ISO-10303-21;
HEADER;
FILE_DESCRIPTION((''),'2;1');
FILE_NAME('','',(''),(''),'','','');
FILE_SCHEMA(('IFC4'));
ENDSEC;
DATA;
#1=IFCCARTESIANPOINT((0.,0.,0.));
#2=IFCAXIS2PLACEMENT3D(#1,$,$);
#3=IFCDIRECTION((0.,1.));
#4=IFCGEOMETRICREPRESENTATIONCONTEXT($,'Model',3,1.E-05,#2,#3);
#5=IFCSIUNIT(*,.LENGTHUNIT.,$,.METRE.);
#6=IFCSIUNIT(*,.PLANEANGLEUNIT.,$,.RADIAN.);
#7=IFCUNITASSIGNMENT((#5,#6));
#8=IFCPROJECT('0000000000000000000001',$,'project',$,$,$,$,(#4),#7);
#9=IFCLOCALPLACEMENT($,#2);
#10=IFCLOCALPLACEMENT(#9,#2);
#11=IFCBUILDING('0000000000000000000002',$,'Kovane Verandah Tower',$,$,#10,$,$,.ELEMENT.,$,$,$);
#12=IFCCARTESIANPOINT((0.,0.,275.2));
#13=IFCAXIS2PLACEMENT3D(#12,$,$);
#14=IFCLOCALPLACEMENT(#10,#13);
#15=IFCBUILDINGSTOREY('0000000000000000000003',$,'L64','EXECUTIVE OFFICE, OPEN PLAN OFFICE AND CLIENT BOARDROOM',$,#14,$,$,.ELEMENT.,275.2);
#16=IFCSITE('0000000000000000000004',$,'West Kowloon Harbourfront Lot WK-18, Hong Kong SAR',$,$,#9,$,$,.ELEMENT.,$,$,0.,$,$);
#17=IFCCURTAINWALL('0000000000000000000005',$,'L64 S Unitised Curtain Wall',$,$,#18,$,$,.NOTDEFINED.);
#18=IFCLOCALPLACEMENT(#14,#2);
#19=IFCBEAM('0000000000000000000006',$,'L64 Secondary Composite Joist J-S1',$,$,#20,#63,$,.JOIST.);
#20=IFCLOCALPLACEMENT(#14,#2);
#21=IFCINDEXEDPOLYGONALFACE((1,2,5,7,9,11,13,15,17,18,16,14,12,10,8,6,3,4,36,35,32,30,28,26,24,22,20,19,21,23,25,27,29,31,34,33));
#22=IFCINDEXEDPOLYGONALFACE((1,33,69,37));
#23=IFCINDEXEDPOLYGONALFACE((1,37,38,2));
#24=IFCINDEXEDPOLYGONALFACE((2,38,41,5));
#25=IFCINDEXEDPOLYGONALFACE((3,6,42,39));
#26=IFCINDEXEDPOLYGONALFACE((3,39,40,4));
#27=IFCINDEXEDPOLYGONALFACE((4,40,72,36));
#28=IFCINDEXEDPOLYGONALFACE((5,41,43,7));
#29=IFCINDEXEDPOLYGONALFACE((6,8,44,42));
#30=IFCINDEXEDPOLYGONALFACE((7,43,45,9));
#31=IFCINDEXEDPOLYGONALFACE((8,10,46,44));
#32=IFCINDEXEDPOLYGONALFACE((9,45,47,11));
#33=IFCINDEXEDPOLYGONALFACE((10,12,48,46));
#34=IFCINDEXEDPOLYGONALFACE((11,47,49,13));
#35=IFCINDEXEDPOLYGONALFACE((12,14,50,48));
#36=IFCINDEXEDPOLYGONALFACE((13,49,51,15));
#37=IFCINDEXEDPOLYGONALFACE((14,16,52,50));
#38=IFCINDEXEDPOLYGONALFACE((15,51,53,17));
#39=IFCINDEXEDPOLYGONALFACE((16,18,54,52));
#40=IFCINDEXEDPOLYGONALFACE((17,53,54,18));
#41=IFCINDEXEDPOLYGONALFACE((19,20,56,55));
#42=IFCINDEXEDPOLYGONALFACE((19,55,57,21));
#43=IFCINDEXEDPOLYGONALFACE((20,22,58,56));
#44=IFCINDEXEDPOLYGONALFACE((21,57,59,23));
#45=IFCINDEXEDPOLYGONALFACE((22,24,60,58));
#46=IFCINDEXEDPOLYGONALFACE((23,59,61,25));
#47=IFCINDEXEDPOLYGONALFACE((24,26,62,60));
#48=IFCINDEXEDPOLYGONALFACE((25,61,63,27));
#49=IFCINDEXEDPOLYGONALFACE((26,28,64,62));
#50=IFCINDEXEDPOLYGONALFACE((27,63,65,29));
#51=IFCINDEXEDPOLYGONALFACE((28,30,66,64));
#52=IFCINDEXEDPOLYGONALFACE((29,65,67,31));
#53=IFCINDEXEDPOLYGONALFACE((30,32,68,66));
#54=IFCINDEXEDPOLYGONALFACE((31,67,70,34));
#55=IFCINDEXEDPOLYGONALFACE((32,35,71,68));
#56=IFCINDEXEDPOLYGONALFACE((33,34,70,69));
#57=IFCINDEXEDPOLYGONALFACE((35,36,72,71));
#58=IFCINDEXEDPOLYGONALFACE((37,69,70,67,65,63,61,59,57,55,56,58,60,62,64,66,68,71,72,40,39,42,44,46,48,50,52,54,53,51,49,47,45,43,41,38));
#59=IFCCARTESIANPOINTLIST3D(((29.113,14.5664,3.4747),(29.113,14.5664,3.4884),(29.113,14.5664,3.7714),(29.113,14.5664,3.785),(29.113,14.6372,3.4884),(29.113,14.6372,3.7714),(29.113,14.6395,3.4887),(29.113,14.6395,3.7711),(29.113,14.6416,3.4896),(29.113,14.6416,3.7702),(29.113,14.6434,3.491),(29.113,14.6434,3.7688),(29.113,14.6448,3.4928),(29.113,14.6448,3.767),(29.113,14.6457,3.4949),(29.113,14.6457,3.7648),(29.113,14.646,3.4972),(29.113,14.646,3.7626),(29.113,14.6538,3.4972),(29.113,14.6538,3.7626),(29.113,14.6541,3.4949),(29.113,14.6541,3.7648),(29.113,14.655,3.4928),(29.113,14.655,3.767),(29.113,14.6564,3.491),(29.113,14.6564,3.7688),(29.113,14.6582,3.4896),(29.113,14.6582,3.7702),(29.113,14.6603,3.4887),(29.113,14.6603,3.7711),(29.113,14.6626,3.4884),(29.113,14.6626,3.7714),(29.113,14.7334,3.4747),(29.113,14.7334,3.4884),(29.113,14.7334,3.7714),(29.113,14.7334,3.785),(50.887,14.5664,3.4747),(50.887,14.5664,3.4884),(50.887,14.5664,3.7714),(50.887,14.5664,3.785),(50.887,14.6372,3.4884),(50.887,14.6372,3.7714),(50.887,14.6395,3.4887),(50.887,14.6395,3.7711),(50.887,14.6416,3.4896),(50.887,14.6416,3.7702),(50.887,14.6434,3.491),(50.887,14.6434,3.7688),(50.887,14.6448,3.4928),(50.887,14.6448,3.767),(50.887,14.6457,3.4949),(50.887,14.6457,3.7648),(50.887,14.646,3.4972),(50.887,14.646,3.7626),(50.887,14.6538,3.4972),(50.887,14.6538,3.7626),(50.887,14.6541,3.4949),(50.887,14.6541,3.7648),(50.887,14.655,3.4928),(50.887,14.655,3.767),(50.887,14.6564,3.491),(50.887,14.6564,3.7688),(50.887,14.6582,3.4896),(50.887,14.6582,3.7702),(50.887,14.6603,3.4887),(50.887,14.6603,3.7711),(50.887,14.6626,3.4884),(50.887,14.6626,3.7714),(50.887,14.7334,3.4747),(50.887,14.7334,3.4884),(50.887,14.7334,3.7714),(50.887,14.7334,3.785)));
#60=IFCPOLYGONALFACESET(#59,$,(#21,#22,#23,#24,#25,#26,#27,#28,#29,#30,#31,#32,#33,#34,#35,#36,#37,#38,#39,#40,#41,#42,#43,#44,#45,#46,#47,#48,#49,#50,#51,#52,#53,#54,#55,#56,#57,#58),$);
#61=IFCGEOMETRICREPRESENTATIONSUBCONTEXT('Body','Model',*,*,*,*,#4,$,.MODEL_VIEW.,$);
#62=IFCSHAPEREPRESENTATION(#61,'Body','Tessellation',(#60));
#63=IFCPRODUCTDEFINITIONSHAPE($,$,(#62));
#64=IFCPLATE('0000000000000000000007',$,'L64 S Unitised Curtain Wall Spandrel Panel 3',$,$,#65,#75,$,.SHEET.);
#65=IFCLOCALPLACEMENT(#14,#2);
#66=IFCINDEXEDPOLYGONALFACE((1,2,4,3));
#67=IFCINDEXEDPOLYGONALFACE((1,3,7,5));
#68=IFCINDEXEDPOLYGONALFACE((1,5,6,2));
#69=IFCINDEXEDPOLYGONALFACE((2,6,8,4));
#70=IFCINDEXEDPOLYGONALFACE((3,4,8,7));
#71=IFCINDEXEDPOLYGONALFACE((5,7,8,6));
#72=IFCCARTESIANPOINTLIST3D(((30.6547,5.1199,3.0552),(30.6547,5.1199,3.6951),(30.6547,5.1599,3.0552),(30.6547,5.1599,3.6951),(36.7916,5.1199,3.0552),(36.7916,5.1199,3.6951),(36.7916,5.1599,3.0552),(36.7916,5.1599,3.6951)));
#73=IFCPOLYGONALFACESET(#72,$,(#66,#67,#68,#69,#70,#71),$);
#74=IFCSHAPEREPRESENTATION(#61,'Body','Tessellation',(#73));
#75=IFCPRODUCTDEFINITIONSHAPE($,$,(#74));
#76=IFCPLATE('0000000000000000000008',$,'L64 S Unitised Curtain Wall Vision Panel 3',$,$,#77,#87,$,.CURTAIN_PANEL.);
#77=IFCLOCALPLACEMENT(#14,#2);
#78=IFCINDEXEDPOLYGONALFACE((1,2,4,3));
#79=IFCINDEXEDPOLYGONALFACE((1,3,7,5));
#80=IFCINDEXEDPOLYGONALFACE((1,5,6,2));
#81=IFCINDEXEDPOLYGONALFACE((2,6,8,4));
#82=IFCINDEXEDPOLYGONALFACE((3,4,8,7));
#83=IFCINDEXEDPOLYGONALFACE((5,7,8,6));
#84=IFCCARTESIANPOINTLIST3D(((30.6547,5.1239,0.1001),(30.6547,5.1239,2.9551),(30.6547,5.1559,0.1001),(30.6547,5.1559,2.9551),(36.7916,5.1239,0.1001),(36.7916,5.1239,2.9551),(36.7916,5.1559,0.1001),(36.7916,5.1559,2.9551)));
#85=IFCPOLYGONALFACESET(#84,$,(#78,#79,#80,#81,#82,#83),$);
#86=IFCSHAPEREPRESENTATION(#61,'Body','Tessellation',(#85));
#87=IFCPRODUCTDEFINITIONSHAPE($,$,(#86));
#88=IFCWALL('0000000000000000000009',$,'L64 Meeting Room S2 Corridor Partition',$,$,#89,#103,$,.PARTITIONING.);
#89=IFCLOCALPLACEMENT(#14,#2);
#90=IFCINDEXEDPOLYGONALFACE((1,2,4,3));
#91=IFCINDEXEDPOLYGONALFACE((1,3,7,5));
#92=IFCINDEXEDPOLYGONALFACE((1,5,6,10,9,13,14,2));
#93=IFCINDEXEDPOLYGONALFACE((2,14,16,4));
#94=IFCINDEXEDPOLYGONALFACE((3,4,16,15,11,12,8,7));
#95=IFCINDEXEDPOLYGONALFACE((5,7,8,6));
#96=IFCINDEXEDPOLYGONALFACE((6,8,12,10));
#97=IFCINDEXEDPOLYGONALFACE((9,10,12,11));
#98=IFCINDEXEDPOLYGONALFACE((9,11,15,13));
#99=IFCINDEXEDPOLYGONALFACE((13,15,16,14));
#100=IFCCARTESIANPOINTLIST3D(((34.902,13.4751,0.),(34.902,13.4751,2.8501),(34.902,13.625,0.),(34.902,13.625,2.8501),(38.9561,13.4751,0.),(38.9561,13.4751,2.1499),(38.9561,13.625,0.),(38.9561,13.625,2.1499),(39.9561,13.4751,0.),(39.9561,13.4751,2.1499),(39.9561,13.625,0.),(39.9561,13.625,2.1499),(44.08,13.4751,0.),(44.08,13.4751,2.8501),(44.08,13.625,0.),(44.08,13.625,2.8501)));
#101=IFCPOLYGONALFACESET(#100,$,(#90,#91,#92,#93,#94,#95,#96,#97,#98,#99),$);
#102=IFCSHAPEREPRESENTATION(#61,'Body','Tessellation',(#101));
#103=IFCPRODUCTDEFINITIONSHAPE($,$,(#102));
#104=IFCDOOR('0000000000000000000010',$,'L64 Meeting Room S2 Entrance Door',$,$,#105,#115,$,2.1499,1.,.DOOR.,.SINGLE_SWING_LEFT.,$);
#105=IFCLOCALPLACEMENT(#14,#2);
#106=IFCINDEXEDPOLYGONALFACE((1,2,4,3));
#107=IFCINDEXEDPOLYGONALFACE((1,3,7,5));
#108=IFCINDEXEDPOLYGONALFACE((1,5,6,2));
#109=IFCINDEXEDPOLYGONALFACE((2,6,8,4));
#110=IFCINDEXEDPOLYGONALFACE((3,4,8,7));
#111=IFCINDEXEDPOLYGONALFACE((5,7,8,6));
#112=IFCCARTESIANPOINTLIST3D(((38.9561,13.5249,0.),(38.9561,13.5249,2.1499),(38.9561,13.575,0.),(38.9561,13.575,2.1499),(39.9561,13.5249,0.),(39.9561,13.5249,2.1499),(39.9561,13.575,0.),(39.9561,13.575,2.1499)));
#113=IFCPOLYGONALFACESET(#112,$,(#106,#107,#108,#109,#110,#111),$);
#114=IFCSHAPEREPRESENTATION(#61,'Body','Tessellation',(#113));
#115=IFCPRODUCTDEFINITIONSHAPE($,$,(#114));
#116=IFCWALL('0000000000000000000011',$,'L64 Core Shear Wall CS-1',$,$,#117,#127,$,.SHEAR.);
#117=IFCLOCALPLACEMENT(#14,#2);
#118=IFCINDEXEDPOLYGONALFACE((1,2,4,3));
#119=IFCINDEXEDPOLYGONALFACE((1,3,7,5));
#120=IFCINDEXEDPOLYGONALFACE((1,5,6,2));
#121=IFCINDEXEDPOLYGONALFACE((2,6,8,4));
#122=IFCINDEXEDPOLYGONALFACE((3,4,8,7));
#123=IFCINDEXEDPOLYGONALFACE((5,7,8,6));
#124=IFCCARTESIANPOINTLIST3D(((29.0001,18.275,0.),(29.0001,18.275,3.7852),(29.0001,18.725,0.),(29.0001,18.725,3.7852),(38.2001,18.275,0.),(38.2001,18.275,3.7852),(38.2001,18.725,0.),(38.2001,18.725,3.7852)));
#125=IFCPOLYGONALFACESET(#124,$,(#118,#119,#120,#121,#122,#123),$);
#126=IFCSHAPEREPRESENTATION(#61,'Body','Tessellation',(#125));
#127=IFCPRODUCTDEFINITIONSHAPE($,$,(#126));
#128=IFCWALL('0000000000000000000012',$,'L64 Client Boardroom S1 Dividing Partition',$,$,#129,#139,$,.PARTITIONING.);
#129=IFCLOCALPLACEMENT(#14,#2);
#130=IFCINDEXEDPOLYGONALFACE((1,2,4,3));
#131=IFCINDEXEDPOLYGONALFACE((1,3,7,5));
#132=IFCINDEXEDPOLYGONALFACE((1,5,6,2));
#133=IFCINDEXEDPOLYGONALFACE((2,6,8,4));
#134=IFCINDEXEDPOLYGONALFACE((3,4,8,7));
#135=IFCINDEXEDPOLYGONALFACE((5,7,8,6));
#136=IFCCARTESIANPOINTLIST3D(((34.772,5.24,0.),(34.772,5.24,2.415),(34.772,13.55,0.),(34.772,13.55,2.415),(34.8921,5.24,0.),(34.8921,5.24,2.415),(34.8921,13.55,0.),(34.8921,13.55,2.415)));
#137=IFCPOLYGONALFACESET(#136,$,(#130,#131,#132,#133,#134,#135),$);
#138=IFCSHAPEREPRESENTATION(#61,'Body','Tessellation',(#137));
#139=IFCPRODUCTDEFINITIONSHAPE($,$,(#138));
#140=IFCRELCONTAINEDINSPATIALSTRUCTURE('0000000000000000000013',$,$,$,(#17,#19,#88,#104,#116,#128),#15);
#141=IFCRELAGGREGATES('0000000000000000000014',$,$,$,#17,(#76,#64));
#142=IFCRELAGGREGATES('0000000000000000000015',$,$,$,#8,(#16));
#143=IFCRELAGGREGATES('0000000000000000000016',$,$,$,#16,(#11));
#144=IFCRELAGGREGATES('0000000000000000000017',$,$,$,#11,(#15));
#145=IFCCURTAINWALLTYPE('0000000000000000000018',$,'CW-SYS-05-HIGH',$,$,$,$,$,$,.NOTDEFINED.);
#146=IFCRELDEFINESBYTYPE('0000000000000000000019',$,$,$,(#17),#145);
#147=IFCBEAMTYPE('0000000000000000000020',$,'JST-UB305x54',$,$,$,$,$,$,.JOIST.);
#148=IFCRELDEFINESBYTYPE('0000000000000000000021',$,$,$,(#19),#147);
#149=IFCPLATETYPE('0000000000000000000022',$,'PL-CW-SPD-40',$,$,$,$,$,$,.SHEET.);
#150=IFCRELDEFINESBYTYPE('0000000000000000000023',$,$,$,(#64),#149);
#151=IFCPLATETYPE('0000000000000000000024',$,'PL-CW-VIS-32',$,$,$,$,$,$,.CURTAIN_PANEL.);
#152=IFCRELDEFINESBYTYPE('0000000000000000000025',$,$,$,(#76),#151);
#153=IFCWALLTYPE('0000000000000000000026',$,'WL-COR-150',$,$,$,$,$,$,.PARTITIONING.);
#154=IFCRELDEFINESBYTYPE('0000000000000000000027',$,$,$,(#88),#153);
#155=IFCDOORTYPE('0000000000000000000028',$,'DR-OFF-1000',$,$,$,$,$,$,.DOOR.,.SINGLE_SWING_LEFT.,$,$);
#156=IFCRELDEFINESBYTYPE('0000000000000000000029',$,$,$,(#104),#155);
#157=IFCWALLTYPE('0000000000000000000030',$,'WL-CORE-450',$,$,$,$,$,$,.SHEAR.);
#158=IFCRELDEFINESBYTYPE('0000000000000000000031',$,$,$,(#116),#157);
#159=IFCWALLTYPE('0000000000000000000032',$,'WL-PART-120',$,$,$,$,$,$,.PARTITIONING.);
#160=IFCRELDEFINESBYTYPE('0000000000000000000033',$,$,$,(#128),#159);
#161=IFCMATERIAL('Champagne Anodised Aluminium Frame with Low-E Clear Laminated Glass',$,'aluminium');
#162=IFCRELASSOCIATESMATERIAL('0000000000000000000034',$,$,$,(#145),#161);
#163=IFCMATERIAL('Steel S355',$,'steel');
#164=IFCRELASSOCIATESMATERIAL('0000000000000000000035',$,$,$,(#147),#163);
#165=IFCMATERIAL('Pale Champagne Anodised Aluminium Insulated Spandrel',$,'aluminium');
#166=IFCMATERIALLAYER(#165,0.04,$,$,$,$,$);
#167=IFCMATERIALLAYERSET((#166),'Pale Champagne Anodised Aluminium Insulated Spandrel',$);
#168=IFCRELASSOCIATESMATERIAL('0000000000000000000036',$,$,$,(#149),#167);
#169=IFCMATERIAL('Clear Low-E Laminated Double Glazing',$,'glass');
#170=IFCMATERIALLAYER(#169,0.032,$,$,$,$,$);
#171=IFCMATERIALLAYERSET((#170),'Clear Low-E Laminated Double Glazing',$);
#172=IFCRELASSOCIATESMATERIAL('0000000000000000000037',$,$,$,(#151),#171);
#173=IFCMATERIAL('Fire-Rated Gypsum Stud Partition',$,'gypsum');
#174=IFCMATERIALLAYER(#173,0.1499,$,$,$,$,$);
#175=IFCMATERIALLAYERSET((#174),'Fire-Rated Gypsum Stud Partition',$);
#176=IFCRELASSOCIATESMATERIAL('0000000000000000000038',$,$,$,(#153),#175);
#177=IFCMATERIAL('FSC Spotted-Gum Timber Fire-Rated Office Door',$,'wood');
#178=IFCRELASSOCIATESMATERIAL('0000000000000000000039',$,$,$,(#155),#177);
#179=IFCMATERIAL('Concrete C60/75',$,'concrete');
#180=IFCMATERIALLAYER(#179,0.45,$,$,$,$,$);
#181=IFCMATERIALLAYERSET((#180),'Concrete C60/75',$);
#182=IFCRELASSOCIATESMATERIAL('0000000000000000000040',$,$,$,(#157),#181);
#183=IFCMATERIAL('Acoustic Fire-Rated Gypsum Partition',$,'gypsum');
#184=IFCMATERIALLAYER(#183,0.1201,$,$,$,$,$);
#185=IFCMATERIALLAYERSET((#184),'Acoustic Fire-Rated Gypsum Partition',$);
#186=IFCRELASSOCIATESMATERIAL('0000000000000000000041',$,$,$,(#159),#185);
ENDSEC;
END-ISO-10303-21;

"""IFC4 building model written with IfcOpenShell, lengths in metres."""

from ifc_helpers import new_model, si_unit, direction, frame, frame_2d, origin, origin_2d, place, context, subcontext, project, spatial, rectangle, i_section, extrude, material, layer, layer_set, material_profile, profile_set, type_object, element, fill, aggregate, save


model = new_model("IFC4")

# Units and contexts
model_context = context("Model", 3, precision=1e-05, world=origin(), true_north=direction((0.0, 1.0)))
body_context = subcontext(model_context, "Body", "Model", "MODEL_VIEW")
ifc_project = project(units=[si_unit("LENGTHUNIT", "METRE"), si_unit("PLANEANGLEUNIT", "RADIAN")], contexts=[model_context])

# Site, building, storey
site_placement = place(None, origin())
site = spatial("IfcSite", under=ifc_project, at=site_placement, Name="West Kowloon Harbourfront Lot WK-18, Hong Kong SAR", CompositionType="ELEMENT", RefElevation=0.0)
building_placement = place(site_placement, origin())
building = spatial("IfcBuilding", under=site, at=building_placement, Name="Kovane Verandah Tower", CompositionType="ELEMENT")
storey_placement = place(building_placement, frame((0.0, 0.0, 275.2)))
storey = spatial("IfcBuildingStorey", under=building, at=storey_placement, Name="L64", Description="EXECUTIVE OFFICE, OPEN PLAN OFFICE AND CLIENT BOARDROOM", CompositionType="ELEMENT", Elevation=275.2)

# Shared definitions
ifc_material_1 = material(Name="Concrete C60/75", Category="concrete")

# Shared definitions
ifc_material_2 = material(Name="Steel S355", Category="steel")

# Curtain wall
ifc_material_3 = material(Name="Champagne Anodised Aluminium Frame with Low-E Clear Laminated Glass", Category="aluminium")
curtain_wall_type = type_object("IfcCurtainWallType", Name="CW-SYS-05-HIGH", PredefinedType="NOTDEFINED", material=ifc_material_3)
curtain_wall_placement = place(storey_placement, origin())
curtain_wall = element("IfcCurtainWall", 1, at=curtain_wall_placement, inside=storey, type_object=curtain_wall_type, Name="L64 S Unitised Curtain Wall", PredefinedType="NOTDEFINED")

# Beam
ifc_material_profile_1 = material_profile(ifc_material_2, i_section(OverallWidth=0.167, OverallDepth=0.3103, WebThickness=0.0078, FlangeThickness=0.0137, FilletRadius=0.0088, at=origin_2d()), Name="UB305x165x54")
ifc_profile_set_1 = profile_set([ifc_material_profile_1], Name="Steel S355")
beam_type_1 = type_object("IfcBeamType", Name="JST-UB305x54", PredefinedType="JOIST", material=ifc_profile_set_1)
beam_1_placement = place(storey_placement, frame((29.113, 14.6499, 3.6299), z_axis=(1.0, 0.0, 0.0), x_axis=(0.0, 1.0, 0.0)))
element("IfcBeam", 2, at=beam_1_placement, inside=storey, type_object=beam_type_1, Name="L64 Secondary Composite Joist J-S1", PredefinedType="JOIST", context=body_context, shape_type="SweptSolid", body=[
    extrude(i_section(OverallWidth=0.167, OverallDepth=0.3103, WebThickness=0.0078, FlangeThickness=0.0137, FilletRadius=0.0088, at=origin_2d()), origin(), (0.0, 0.0, 1.0), 21.7739),
])

# Plates
ifc_material_4 = material(Name="Pale Champagne Anodised Aluminium Insulated Spandrel", Category="aluminium")
ifc_layer_1 = layer(ifc_material_4, 0.04)
ifc_layer_set_1 = layer_set([ifc_layer_1], Name="Pale Champagne Anodised Aluminium Insulated Spandrel")
plate_type_1 = type_object("IfcPlateType", Name="PL-CW-SPD-40", PredefinedType="SHEET", material=ifc_layer_set_1)
plate_1_placement = place(storey_placement, frame((33.7231, 5.1399, 3.0552), z_axis=(0.0, 0.0, 1.0), x_axis=(1.0, 0.0, 0.0)))
plate_1 = element("IfcPlate", 3, at=plate_1_placement, type_object=plate_type_1, Name="L64 S Unitised Curtain Wall Spandrel Panel 3", PredefinedType="SHEET", context=body_context, shape_type="SweptSolid", body=[
    extrude(rectangle(XDim=6.137, YDim=0.04, at=origin_2d()), origin(), (0.0, 0.0, 1.0), 0.6399),
])
ifc_material_5 = material(Name="Clear Low-E Laminated Double Glazing", Category="glass")
ifc_layer_2 = layer(ifc_material_5, 0.032)
ifc_layer_set_2 = layer_set([ifc_layer_2], Name="Clear Low-E Laminated Double Glazing")
plate_type_2 = type_object("IfcPlateType", Name="PL-CW-VIS-32", PredefinedType="CURTAIN_PANEL", material=ifc_layer_set_2)
plate_2_placement = place(storey_placement, frame((33.7231, 5.1399, 0.1001), z_axis=(0.0, 0.0, 1.0), x_axis=(1.0, 0.0, 0.0)))
plate_2 = element("IfcPlate", 4, at=plate_2_placement, type_object=plate_type_2, Name="L64 S Unitised Curtain Wall Vision Panel 3", PredefinedType="CURTAIN_PANEL", context=body_context, shape_type="SweptSolid", body=[
    extrude(rectangle(XDim=6.137, YDim=0.032, at=origin_2d()), origin(), (0.0, 0.0, 1.0), 2.855),
])
aggregate(curtain_wall, [plate_2, plate_1])

# Wall, opening, door
ifc_material_6 = material(Name="Fire-Rated Gypsum Stud Partition", Category="gypsum")
ifc_layer_3 = layer(ifc_material_6, 0.1499)
ifc_layer_set_3 = layer_set([ifc_layer_3], Name="Fire-Rated Gypsum Stud Partition")
wall_type_1 = type_object("IfcWallType", Name="WL-COR-150", PredefinedType="PARTITIONING", material=ifc_layer_set_3)
wall_1_placement = place(storey_placement, frame((34.9021, 13.55, 0.0), z_axis=(0.0, 0.0, 1.0), x_axis=(1.0, 0.0, 0.0)))
wall_1 = element("IfcWall", 5, at=wall_1_placement, inside=storey, type_object=wall_type_1, Name="L64 Meeting Room S2 Corridor Partition", PredefinedType="PARTITIONING", context=body_context, shape_type="SweptSolid", body=[
    extrude(rectangle(XDim=9.178, YDim=0.1499, at=frame_2d((4.5889, 0.0))), origin(), (0.0, 0.0, 1.0), 2.8501),
])
opening_placement = place(wall_1_placement, frame((4.054, 0.0, 0.0)))
opening = element("IfcOpeningElement", 6, at=opening_placement, cuts=wall_1, PredefinedType="OPENING", context=body_context, shape_type="SweptSolid", body=[
    extrude(rectangle(XDim=1.0, YDim=2.1499, at=frame_2d((0.5, 1.075))), frame((0.0, 0.075, 0.0), z_axis=(0.0, -1.0, 0.0), x_axis=(1.0, 0.0, 0.0)), (0.0, 0.0, 1.0), 0.1499),
])
ifc_material_7 = material(Name="FSC Spotted-Gum Timber Fire-Rated Office Door", Category="wood")
door_type = type_object("IfcDoorType", Name="DR-OFF-1000", OperationType="SINGLE_SWING_LEFT", PredefinedType="DOOR", material=ifc_material_7)
door_placement = place(opening_placement, origin())
door = element("IfcDoor", 7, at=door_placement, inside=storey, type_object=door_type, Name="L64 Meeting Room S2 Entrance Door", OperationType="SINGLE_SWING_LEFT", OverallHeight=2.1499, OverallWidth=1.0, PredefinedType="DOOR", context=body_context, shape_type="SweptSolid", body=[
    extrude(rectangle(XDim=1.0, YDim=2.1499, at=frame_2d((0.5, 1.075))), frame((0.0, 0.0249, 0.0), z_axis=(0.0, -1.0, 0.0), x_axis=(1.0, 0.0, 0.0)), (0.0, 0.0, 1.0), 0.05),
])
fill(opening, door)

# Walls
ifc_layer_4 = layer(ifc_material_1, 0.45)
ifc_layer_set_4 = layer_set([ifc_layer_4], Name="Concrete C60/75")
wall_type_2 = type_object("IfcWallType", Name="WL-CORE-450", PredefinedType="SHEAR", material=ifc_layer_set_4)
wall_2_placement = place(storey_placement, frame((29.0, 18.5, 0.0), z_axis=(0.0, 0.0, 1.0), x_axis=(1.0, 0.0, 0.0)))
element("IfcWall", 8, at=wall_2_placement, inside=storey, type_object=wall_type_2, Name="L64 Core Shear Wall CS-1", PredefinedType="SHEAR", context=body_context, shape_type="SweptSolid", body=[
    extrude(rectangle(XDim=9.2, YDim=0.45, at=frame_2d((4.6001, 0.0))), origin(), (0.0, 0.0, 1.0), 3.7852),
])
ifc_material_8 = material(Name="Acoustic Fire-Rated Gypsum Partition", Category="gypsum")
ifc_layer_5 = layer(ifc_material_8, 0.1201)
ifc_layer_set_5 = layer_set([ifc_layer_5], Name="Acoustic Fire-Rated Gypsum Partition")
wall_type_3 = type_object("IfcWallType", Name="WL-PART-120", PredefinedType="PARTITIONING", material=ifc_layer_set_5)
wall_3_placement = place(storey_placement, frame((34.832, 5.24, 0.0), z_axis=(0.0, 0.0, 1.0), x_axis=(0.0, 1.0, 0.0)))
element("IfcWall", 9, at=wall_3_placement, inside=storey, type_object=wall_type_3, Name="L64 Client Boardroom S1 Dividing Partition", PredefinedType="PARTITIONING", context=body_context, shape_type="SweptSolid", body=[
    extrude(rectangle(XDim=8.3101, YDim=0.1201, at=frame_2d((4.155, 0.0))), origin(), (0.0, 0.0, 1.0), 2.415),
])

save(model, "model.ifc")
